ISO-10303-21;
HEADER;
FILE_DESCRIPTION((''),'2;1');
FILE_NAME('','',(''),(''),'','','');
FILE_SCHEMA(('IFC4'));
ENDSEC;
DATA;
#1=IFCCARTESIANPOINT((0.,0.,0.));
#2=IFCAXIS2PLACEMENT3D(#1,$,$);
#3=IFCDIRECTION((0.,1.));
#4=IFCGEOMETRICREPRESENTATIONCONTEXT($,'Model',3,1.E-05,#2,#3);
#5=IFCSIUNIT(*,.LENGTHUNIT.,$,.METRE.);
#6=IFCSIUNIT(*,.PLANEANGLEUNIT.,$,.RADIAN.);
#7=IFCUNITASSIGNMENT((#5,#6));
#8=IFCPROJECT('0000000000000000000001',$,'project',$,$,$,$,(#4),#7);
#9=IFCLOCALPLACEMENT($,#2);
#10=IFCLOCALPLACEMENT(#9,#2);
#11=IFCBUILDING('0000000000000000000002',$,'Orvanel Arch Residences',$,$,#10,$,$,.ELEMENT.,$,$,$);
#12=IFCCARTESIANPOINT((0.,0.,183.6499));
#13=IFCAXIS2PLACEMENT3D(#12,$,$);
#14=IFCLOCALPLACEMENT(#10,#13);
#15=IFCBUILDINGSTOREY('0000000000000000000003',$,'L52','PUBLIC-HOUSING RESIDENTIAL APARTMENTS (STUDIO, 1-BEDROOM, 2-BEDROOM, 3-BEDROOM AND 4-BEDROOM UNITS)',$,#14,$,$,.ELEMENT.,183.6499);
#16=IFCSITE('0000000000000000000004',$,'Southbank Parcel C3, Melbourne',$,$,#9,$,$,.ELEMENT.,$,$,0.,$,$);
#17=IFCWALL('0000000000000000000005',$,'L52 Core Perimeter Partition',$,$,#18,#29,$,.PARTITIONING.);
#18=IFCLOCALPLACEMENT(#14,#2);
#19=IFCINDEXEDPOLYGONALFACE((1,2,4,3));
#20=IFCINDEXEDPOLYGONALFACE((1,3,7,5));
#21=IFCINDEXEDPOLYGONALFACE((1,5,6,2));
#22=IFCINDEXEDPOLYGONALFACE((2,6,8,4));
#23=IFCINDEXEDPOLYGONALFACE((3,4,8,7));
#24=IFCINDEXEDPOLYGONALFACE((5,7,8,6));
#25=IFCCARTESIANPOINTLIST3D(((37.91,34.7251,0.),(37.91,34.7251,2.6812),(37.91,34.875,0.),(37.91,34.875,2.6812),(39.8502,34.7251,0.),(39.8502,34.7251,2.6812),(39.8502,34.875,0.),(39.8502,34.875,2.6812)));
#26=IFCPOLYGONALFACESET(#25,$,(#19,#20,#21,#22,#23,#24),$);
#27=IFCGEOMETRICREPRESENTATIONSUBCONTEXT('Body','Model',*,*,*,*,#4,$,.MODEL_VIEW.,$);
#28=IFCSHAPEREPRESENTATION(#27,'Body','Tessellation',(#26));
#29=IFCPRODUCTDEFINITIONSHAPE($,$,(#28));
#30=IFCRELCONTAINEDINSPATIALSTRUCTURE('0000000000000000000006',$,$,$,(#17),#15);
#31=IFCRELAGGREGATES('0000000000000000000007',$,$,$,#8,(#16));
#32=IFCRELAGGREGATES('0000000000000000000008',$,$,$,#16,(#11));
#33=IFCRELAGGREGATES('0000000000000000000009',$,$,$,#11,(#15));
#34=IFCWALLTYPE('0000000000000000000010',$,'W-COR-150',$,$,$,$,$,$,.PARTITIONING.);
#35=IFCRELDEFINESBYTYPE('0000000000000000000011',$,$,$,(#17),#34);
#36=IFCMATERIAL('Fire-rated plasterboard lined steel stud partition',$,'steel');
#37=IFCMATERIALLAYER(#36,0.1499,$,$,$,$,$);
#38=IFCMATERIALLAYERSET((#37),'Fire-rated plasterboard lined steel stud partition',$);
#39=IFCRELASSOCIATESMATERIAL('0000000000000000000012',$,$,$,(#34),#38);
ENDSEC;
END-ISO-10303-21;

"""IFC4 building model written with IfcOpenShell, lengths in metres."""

from ifc_helpers import new_model, si_unit, direction, frame, frame_2d, origin, place, context, subcontext, project, spatial, rectangle, extrude, material, layer, layer_set, type_object, element, save


model = new_model("IFC4")

# Units and contexts
model_context = context("Model", 3, precision=1e-05, world=origin(), true_north=direction((0.0, 1.0)))
body_context = subcontext(model_context, "Body", "Model", "MODEL_VIEW")
ifc_project = project(units=[si_unit("LENGTHUNIT", "METRE"), si_unit("PLANEANGLEUNIT", "RADIAN")], contexts=[model_context])

# Site, building, storey
site_placement = place(None, origin())
site = spatial("IfcSite", under=ifc_project, at=site_placement, Name="Southbank Parcel C3, Melbourne", CompositionType="ELEMENT", RefElevation=0.0)
building_placement = place(site_placement, origin())
building = spatial("IfcBuilding", under=site, at=building_placement, Name="Orvanel Arch Residences", CompositionType="ELEMENT")
storey_placement = place(building_placement, frame((0.0, 0.0, 183.6499)))
storey = spatial("IfcBuildingStorey", under=building, at=storey_placement, Name="L52", Description="PUBLIC-HOUSING RESIDENTIAL APARTMENTS (STUDIO, 1-BEDROOM, 2-BEDROOM, 3-BEDROOM AND 4-BEDROOM UNITS)", CompositionType="ELEMENT", Elevation=183.6499)

# Wall
ifc_material_1 = material(Name="Fire-rated plasterboard lined steel stud partition", Category="steel")
ifc_layer_1 = layer(ifc_material_1, 0.1499)
ifc_layer_set_1 = layer_set([ifc_layer_1], Name="Fire-rated plasterboard lined steel stud partition")
wall_type_1 = type_object("IfcWallType", Name="W-COR-150", PredefinedType="PARTITIONING", material=ifc_layer_set_1)
wall_1_placement = place(storey_placement, frame((37.9099, 34.8, 0.0), z_axis=(0.0, 0.0, 1.0), x_axis=(1.0, 0.0, 0.0)))
element("IfcWall", 1, at=wall_1_placement, inside=storey, type_object=wall_type_1, Name="L52 Core Perimeter Partition", PredefinedType="PARTITIONING", context=body_context, shape_type="SweptSolid", body=[
    extrude(rectangle(XDim=1.9402, YDim=0.1499, at=frame_2d((0.9702, 0.0))), origin(), (0.0, 0.0, 1.0), 2.6812),
])

save(model, "model.ifc")
